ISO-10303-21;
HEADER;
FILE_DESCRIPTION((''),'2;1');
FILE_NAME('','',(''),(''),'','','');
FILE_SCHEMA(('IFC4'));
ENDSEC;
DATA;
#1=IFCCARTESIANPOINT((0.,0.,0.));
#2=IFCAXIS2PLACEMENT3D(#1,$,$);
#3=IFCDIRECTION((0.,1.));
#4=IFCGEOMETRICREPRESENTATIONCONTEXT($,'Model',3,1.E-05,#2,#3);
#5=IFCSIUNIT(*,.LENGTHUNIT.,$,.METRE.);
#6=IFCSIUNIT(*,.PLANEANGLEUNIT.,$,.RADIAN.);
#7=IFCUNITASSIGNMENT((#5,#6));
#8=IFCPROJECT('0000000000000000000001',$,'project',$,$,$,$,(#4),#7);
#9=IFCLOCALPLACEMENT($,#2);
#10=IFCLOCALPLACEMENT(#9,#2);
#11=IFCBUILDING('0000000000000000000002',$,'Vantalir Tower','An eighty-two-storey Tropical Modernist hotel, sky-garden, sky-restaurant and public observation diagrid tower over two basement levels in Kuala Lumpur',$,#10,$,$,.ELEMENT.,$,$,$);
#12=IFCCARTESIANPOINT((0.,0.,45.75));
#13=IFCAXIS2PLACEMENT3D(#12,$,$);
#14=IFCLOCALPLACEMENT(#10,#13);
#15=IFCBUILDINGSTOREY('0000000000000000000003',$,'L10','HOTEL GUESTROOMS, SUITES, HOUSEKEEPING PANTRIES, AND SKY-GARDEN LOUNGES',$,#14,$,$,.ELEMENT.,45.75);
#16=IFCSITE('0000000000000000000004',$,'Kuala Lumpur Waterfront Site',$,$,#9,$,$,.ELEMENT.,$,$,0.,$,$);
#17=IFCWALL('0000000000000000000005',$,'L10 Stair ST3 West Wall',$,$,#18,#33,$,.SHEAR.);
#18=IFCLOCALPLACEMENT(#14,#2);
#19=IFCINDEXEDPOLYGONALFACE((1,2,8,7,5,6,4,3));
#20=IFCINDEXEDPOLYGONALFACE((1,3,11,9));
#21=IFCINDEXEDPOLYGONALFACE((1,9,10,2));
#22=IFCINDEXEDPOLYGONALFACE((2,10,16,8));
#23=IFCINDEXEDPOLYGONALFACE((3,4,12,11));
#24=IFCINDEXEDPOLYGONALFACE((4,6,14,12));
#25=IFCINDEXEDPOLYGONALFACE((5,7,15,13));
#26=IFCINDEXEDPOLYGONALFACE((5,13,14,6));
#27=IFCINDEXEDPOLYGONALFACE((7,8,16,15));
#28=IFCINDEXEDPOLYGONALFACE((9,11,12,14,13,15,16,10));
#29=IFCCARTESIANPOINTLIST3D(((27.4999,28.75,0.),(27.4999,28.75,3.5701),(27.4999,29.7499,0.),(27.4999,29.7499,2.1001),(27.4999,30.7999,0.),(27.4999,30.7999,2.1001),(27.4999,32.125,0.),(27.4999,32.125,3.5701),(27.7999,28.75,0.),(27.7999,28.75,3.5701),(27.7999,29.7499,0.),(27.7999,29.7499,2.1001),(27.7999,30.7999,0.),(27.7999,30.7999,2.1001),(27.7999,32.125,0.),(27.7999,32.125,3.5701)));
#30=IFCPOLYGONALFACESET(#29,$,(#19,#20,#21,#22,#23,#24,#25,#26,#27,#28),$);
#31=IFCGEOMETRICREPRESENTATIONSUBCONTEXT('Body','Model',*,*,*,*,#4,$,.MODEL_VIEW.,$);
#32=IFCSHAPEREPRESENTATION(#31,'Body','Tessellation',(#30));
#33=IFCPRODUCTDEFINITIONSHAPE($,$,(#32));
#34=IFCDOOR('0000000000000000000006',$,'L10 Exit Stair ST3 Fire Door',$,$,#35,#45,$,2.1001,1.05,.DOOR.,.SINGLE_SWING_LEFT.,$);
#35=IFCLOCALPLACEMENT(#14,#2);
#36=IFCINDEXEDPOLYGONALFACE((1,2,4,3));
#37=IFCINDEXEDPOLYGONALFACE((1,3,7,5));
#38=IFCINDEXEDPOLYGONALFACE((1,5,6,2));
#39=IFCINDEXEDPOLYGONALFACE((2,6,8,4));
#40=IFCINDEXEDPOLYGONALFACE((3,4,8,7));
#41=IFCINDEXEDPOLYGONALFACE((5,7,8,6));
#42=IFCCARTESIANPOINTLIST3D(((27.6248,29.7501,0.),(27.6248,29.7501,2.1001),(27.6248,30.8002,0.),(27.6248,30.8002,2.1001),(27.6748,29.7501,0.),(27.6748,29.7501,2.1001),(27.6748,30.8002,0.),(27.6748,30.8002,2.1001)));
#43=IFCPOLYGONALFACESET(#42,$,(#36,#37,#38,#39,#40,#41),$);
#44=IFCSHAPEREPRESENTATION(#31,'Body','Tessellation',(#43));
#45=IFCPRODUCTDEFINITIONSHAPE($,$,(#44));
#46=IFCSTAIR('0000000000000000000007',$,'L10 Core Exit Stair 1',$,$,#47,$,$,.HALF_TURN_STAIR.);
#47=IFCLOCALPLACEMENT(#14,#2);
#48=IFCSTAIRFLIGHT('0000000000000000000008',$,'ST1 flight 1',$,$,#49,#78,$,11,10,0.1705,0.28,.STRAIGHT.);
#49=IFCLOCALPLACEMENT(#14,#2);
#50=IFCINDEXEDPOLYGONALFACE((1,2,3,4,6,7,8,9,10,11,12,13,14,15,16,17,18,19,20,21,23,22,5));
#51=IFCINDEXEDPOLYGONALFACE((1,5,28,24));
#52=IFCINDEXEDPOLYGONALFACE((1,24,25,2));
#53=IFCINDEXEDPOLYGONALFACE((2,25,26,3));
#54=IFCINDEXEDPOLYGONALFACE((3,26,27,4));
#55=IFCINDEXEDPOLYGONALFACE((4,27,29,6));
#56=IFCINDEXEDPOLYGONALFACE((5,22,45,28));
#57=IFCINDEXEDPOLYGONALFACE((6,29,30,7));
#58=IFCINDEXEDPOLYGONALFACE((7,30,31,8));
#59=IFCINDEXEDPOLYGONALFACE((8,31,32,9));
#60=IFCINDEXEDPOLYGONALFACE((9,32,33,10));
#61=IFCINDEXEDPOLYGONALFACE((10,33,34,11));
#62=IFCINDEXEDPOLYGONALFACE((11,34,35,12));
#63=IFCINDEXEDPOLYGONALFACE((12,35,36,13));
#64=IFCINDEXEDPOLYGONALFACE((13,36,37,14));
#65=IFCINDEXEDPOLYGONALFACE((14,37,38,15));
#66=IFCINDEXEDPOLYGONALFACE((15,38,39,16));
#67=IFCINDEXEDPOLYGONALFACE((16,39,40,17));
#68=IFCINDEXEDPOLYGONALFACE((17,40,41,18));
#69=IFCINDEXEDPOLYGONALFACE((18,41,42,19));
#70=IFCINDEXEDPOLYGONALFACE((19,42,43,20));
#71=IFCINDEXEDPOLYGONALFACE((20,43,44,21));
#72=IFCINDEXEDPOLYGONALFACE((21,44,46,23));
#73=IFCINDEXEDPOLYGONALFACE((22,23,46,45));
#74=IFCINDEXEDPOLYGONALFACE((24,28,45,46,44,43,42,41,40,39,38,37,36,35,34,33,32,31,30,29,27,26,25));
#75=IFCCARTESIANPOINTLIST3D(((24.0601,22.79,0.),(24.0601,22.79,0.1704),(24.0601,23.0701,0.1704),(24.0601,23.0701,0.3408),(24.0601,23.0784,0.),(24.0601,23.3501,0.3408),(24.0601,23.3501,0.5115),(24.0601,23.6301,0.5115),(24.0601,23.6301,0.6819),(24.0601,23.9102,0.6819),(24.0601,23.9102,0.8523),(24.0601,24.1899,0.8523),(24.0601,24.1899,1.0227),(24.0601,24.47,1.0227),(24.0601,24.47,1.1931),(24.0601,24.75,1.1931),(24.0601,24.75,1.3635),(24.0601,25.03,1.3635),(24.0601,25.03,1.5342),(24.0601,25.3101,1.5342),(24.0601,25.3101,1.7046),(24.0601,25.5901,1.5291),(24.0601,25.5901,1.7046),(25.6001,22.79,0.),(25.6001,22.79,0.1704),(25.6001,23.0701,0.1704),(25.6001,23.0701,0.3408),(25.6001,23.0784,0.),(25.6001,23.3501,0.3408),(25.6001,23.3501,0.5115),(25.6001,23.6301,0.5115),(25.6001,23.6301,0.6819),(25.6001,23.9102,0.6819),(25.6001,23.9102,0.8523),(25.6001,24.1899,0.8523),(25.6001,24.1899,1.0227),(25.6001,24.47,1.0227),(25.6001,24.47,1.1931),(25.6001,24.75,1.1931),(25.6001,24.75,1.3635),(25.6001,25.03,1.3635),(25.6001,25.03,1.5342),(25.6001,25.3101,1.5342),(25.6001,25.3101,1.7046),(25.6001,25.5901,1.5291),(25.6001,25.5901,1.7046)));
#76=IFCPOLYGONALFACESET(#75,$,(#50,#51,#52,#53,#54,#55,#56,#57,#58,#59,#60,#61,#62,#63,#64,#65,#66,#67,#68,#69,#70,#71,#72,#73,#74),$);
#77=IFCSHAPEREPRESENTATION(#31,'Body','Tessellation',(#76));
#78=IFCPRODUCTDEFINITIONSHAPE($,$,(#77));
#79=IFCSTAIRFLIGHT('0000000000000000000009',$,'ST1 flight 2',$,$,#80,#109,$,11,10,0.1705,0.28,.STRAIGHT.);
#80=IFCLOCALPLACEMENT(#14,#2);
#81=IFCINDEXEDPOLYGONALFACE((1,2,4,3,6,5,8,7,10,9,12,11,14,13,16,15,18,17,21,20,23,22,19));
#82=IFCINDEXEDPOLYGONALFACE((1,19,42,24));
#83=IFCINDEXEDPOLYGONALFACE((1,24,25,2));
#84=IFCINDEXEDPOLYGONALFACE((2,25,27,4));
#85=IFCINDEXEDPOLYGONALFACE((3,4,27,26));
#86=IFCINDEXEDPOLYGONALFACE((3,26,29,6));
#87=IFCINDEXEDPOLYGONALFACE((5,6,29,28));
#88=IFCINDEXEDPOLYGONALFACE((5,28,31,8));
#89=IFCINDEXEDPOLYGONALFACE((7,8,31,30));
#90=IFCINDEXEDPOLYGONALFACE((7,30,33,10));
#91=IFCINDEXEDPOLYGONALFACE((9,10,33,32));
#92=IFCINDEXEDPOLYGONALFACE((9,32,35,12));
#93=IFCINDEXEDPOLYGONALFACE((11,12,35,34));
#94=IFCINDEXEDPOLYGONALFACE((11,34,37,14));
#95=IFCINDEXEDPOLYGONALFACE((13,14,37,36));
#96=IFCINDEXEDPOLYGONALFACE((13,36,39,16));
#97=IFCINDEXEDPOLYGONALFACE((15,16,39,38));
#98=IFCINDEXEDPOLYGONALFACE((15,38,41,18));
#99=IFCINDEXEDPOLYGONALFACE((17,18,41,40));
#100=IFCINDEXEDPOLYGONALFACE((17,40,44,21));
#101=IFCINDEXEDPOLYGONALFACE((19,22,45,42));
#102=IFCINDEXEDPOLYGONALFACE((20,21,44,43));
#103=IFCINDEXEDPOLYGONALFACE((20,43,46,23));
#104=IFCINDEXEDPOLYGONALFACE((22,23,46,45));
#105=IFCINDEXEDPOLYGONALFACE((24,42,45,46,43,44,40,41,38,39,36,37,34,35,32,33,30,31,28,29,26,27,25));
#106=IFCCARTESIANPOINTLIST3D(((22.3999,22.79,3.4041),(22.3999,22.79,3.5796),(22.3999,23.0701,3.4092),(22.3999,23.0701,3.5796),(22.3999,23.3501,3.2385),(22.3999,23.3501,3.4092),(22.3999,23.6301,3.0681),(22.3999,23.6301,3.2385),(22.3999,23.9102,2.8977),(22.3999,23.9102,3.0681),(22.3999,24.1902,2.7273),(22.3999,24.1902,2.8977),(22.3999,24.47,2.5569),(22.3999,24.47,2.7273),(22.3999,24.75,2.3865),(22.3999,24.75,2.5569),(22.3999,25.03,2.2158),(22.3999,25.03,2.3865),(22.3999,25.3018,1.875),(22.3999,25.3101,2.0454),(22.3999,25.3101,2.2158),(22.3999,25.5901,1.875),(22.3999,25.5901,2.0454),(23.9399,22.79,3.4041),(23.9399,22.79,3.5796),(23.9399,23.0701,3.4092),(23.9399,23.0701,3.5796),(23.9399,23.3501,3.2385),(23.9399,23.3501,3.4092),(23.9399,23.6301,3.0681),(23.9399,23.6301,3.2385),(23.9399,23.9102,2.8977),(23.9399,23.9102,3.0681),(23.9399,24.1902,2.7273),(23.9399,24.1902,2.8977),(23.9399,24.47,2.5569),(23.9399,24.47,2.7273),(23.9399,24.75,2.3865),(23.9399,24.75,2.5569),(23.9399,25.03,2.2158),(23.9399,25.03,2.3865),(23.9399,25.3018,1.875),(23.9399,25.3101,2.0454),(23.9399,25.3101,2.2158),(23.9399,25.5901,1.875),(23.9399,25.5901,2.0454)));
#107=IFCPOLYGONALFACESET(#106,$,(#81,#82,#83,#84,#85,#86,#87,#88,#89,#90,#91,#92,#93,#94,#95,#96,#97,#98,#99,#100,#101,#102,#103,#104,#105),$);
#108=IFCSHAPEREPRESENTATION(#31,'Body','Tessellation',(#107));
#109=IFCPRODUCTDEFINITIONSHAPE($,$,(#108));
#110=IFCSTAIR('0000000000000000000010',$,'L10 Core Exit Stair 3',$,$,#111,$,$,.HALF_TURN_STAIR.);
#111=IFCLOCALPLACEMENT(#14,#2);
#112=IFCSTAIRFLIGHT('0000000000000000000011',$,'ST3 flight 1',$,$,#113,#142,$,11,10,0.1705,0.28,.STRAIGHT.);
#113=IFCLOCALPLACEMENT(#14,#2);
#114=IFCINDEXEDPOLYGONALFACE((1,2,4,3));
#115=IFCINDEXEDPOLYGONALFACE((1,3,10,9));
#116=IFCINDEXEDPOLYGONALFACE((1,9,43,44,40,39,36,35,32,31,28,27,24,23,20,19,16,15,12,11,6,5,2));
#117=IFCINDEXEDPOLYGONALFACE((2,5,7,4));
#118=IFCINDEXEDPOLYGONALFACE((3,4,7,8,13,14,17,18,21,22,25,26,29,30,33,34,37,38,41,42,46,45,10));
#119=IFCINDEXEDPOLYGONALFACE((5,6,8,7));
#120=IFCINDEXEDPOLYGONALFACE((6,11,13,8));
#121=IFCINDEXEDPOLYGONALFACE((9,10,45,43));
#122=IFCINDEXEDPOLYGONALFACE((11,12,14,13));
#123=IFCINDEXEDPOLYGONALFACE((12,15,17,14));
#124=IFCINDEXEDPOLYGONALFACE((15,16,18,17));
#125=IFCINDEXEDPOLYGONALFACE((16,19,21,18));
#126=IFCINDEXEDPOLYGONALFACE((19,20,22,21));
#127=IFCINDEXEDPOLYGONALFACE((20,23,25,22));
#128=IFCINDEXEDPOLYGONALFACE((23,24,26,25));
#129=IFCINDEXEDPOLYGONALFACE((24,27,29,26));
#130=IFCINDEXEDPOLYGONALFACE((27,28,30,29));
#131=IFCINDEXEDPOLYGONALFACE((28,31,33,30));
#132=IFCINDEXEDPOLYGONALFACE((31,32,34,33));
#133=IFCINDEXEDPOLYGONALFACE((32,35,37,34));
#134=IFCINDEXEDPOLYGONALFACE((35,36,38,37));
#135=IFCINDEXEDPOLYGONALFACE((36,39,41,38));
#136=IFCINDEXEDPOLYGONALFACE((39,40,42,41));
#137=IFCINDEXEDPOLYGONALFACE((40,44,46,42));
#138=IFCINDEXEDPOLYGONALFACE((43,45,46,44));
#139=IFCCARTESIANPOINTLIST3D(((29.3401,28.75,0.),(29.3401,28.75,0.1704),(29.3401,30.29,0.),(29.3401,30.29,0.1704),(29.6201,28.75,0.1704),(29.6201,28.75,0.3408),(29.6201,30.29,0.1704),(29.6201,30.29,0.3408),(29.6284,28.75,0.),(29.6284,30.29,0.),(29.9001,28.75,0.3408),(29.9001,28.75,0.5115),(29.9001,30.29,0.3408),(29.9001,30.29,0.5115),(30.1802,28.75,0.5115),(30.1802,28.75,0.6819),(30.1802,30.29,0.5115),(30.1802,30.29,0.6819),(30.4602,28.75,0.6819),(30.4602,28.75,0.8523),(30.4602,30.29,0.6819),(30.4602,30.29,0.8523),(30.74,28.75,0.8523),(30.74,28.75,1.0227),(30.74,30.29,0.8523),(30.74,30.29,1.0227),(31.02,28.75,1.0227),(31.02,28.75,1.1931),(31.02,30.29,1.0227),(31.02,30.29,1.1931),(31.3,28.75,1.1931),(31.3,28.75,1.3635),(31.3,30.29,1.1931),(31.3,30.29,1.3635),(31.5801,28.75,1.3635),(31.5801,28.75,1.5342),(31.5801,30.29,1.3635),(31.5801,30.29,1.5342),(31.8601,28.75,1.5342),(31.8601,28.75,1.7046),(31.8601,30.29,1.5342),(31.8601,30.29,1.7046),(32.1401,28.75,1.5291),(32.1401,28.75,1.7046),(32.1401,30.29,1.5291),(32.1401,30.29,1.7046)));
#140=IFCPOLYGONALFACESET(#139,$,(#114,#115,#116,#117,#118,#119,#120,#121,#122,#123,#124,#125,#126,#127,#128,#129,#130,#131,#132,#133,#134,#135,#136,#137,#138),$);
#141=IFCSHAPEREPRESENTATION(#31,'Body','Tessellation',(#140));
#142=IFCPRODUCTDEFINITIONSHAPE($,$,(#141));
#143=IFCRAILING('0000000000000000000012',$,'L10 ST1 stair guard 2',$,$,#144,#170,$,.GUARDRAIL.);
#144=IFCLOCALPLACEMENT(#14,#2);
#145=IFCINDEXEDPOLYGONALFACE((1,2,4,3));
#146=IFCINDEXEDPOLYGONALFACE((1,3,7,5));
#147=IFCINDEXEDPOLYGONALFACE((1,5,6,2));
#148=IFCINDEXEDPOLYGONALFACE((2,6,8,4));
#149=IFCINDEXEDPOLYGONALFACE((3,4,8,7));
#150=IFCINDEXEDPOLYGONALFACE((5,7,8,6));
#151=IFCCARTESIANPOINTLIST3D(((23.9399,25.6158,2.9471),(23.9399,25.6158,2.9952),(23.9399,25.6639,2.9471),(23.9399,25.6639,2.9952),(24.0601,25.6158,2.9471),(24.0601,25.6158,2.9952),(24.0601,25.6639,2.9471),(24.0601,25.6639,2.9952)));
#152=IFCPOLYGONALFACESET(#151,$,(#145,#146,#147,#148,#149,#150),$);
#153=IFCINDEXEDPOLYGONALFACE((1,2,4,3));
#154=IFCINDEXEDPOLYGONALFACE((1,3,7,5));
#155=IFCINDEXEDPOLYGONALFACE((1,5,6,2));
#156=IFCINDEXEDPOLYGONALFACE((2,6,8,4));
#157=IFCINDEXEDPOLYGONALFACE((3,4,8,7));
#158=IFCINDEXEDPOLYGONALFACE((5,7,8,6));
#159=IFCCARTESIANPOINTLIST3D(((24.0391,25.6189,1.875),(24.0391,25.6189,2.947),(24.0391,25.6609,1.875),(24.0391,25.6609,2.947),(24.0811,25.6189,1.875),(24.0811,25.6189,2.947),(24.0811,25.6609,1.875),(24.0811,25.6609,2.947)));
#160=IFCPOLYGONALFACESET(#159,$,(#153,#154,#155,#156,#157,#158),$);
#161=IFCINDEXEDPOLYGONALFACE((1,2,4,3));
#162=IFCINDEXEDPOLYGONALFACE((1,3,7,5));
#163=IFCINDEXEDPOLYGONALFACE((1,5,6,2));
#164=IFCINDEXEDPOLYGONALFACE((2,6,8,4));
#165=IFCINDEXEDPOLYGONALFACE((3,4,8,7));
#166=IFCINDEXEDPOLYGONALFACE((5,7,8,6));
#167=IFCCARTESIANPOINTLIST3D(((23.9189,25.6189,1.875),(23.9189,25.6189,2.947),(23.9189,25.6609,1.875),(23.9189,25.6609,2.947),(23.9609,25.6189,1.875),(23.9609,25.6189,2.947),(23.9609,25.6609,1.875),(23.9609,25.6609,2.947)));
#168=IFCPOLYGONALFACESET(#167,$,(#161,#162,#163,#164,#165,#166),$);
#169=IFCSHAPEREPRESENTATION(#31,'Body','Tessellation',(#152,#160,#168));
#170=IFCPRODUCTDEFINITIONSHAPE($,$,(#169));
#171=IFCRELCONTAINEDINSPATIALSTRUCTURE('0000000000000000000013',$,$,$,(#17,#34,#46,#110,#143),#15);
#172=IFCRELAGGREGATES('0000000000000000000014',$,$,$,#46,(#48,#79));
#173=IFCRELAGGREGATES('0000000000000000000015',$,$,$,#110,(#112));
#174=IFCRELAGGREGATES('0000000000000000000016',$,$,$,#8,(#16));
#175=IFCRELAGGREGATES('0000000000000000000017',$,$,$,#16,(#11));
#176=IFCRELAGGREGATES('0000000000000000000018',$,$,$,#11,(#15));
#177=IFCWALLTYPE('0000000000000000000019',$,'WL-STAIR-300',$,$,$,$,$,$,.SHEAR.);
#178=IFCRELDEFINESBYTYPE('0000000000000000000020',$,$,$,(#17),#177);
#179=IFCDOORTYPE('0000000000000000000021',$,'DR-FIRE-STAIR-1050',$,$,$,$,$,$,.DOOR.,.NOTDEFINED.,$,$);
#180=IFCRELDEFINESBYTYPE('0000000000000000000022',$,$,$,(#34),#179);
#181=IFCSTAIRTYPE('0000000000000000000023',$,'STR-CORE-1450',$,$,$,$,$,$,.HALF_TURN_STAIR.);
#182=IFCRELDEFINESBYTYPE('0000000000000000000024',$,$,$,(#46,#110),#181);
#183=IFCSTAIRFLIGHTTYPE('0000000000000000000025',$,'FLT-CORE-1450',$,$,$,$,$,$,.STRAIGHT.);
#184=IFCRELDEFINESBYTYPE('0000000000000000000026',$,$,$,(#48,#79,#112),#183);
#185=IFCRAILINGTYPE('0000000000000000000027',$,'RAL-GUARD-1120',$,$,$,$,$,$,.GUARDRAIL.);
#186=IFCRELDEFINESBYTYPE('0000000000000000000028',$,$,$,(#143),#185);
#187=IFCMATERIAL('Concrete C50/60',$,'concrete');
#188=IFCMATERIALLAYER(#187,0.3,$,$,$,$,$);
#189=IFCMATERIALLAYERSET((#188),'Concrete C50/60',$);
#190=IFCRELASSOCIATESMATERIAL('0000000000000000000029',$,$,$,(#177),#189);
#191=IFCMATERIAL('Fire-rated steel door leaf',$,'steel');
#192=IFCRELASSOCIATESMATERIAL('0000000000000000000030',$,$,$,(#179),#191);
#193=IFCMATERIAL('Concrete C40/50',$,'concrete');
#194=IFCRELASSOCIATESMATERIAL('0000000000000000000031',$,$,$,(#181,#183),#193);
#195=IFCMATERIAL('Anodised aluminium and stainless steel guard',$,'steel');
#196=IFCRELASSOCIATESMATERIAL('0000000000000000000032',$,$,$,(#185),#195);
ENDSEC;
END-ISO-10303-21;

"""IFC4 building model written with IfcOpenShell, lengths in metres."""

from ifc_helpers import new_model, si_unit, direction, frame, frame_2d, origin, origin_2d, place, context, subcontext, project, spatial, polyline, rectangle, outline, extrude, material, layer, layer_set, type_object, element, fill, aggregate, save


model = new_model("IFC4")

# Units and contexts
model_context = context("Model", 3, precision=1e-05, world=origin(), true_north=direction((0.0, 1.0)))
body_context = subcontext(model_context, "Body", "Model", "MODEL_VIEW")
ifc_project = project(units=[si_unit("LENGTHUNIT", "METRE"), si_unit("PLANEANGLEUNIT", "RADIAN")], contexts=[model_context])

# Site, building, storey
site_placement = place(None, origin())
site = spatial("IfcSite", under=ifc_project, at=site_placement, Name="Kuala Lumpur Waterfront Site", CompositionType="ELEMENT", RefElevation=0.0)
building_placement = place(site_placement, origin())
building = spatial("IfcBuilding", under=site, at=building_placement, Name="Vantalir Tower", Description="An eighty-two-storey Tropical Modernist hotel, sky-garden, sky-restaurant and public observation diagrid tower over two basement levels in Kuala Lumpur", CompositionType="ELEMENT")
storey_placement = place(building_placement, frame((0.0, 0.0, 45.75)))
storey = spatial("IfcBuildingStorey", under=building, at=storey_placement, Name="L10", Description="HOTEL GUESTROOMS, SUITES, HOUSEKEEPING PANTRIES, AND SKY-GARDEN LOUNGES", CompositionType="ELEMENT", Elevation=45.75)

# Shared definitions
ifc_material_1 = material(Name="Concrete C50/60", Category="concrete")
ifc_layer_1 = layer(ifc_material_1, 0.3)
ifc_layer_set_1 = layer_set([ifc_layer_1], Name="Concrete C50/60")
wall_type_1 = type_object("IfcWallType", Name="WL-STAIR-300", PredefinedType="SHEAR", material=ifc_layer_set_1)

# Wall, opening, door
wall_1_placement = place(storey_placement, frame((27.6499, 28.75, 0.0), z_axis=(0.0, 0.0, 1.0), x_axis=(0.0, 1.0, 0.0)))
wall_1 = element("IfcWall", 1, at=wall_1_placement, inside=storey, type_object=wall_type_1, Name="L10 Stair ST3 West Wall", PredefinedType="SHEAR", context=body_context, shape_type="SweptSolid", body=[
    extrude(rectangle(XDim=3.375, YDim=0.3, at=frame_2d((1.6875, 0.0))), origin(), (0.0, 0.0, 1.0), 3.5701),
])
opening_1_placement = place(wall_1_placement, frame((1.0, 0.0, 0.0)))
opening_1 = element("IfcOpeningElement", 2, at=opening_1_placement, cuts=wall_1, PredefinedType="OPENING", context=body_context, shape_type="SweptSolid", body=[
    extrude(rectangle(XDim=1.05, YDim=2.1001, at=frame_2d((0.5249, 1.05))), frame((0.0, 0.1599, 0.0), z_axis=(0.0, -1.0, 0.0), x_axis=(1.0, 0.0, 0.0)), (0.0, 0.0, 1.0), 0.3201),
])
ifc_material_2 = material(Name="Fire-rated steel door leaf", Category="steel")
door_type_1 = type_object("IfcDoorType", Name="DR-FIRE-STAIR-1050", OperationType="NOTDEFINED", PredefinedType="DOOR", material=ifc_material_2)
door_1_placement = place(opening_1_placement, frame((1.05, 0.0, 0.0), z_axis=(0.0, 0.0, 1.0), x_axis=(-1.0, 0.0, 0.0)))
door_1 = element("IfcDoor", 3, at=door_1_placement, inside=storey, type_object=door_type_1, Name="L10 Exit Stair ST3 Fire Door", OperationType="SINGLE_SWING_LEFT", OverallHeight=2.1001, OverallWidth=1.05, PredefinedType="DOOR", context=body_context, shape_type="SweptSolid", body=[
    extrude(rectangle(XDim=1.05, YDim=2.1001, at=frame_2d((0.5249, 1.05))), frame((0.0, 0.0249, 0.0), z_axis=(0.0, -1.0, 0.0), x_axis=(1.0, 0.0, 0.0)), (0.0, 0.0, 1.0), 0.05),
])
fill(opening_1, door_1)

# Stair, stair flights
ifc_material_3 = material(Name="Concrete C40/50", Category="concrete")
stair_type = type_object("IfcStairType", Name="STR-CORE-1450", PredefinedType="HALF_TURN_STAIR", material=ifc_material_3)
stair_1_placement = place(storey_placement, origin())
stair_1 = element("IfcStair", 4, at=stair_1_placement, inside=storey, type_object=stair_type, Name="L10 Core Exit Stair 1", PredefinedType="HALF_TURN_STAIR")
stair_flight_type = type_object("IfcStairFlightType", Name="FLT-CORE-1450", PredefinedType="STRAIGHT", material=ifc_material_3)
stair_flight_1_placement = place(storey_placement, frame((24.8301, 22.79, 0.0), z_axis=(0.0, 0.0, 1.0), x_axis=(0.0, 1.0, 0.0)))
stair_flight_1 = element("IfcStairFlight", 5, at=stair_flight_1_placement, type_object=stair_flight_type, Name="ST1 flight 1", NumberOfRisers=11, NumberOfTreads=10, PredefinedType="STRAIGHT", RiserHeight=0.1705, TreadLength=0.28, context=body_context, shape_type="SweptSolid", body=[
    extrude(outline(polyline([(0.0, 0.0), (0.0, 0.1704), (0.28, 0.1704), (0.28, 0.3408), (0.5601, 0.3408), (0.5601, 0.5115), (0.8401, 0.5115), (0.8401, 0.6819), (1.1201, 0.6819), (1.1201, 0.8523), (1.3999, 0.8523), (1.3999, 1.0227), (1.6799, 1.0227), (1.6799, 1.1931), (1.96, 1.1931), (1.96, 1.3635), (2.24, 1.3635), (2.24, 1.5342), (2.52, 1.5342), (2.52, 1.7046), (2.8, 1.7046), (2.8, 1.875), (2.8, 1.5291), (0.2883, 0.0), (0.0, 0.0)])), frame((0.0, 0.77, 0.0), z_axis=(0.0, -1.0, 0.0), x_axis=(1.0, 0.0, 0.0)), (0.0, 0.0, 1.0), 1.54),
])
stair_flight_2_placement = place(storey_placement, frame((23.1699, 25.5901, 1.875), z_axis=(0.0, 0.0, 1.0), x_axis=(0.0, -1.0, 0.0)))
stair_flight_2 = element("IfcStairFlight", 6, at=stair_flight_2_placement, type_object=stair_flight_type, Name="ST1 flight 2", NumberOfRisers=11, NumberOfTreads=10, PredefinedType="STRAIGHT", RiserHeight=0.1705, TreadLength=0.28, context=body_context, shape_type="SweptSolid", body=[
    extrude(outline(polyline([(0.0, 0.0), (0.0, 0.1704), (0.28, 0.1704), (0.28, 0.3408), (0.5601, 0.3408), (0.5601, 0.5115), (0.8401, 0.5115), (0.8401, 0.6819), (1.1201, 0.6819), (1.1201, 0.8523), (1.3999, 0.8523), (1.3999, 1.0227), (1.6799, 1.0227), (1.6799, 1.1931), (1.96, 1.1931), (1.96, 1.3635), (2.24, 1.3635), (2.24, 1.5342), (2.52, 1.5342), (2.52, 1.7046), (2.8, 1.7046), (2.8, 1.875), (2.8, 1.5291), (0.2883, 0.0), (0.0, 0.0)])), frame((0.0, 0.77, 0.0), z_axis=(0.0, -1.0, 0.0), x_axis=(1.0, 0.0, 0.0)), (0.0, 0.0, 1.0), 1.54),
])
aggregate(stair_1, [stair_flight_1, stair_flight_2])

# Stair, stair flight
stair_2_placement = place(storey_placement, origin())
stair_2 = element("IfcStair", 7, at=stair_2_placement, inside=storey, type_object=stair_type, Name="L10 Core Exit Stair 3", PredefinedType="HALF_TURN_STAIR")
stair_flight_3_placement = place(storey_placement, frame((29.3401, 29.52, 0.0), z_axis=(0.0, 0.0, 1.0), x_axis=(1.0, 0.0, 0.0)))
stair_flight_3 = element("IfcStairFlight", 8, at=stair_flight_3_placement, type_object=stair_flight_type, Name="ST3 flight 1", NumberOfRisers=11, NumberOfTreads=10, PredefinedType="STRAIGHT", RiserHeight=0.1705, TreadLength=0.28, context=body_context, shape_type="SweptSolid", body=[
    extrude(outline(polyline([(0.0, 0.0), (0.0, 0.1704), (0.28, 0.1704), (0.28, 0.3408), (0.5601, 0.3408), (0.5601, 0.5115), (0.8401, 0.5115), (0.8401, 0.6819), (1.1201, 0.6819), (1.1201, 0.8523), (1.3999, 0.8523), (1.3999, 1.0227), (1.6799, 1.0227), (1.6799, 1.1931), (1.96, 1.1931), (1.96, 1.3635), (2.24, 1.3635), (2.24, 1.5342), (2.52, 1.5342), (2.52, 1.7046), (2.8, 1.7046), (2.8, 1.875), (2.8, 1.5291), (0.2883, 0.0), (0.0, 0.0)])), frame((0.0, 0.77, 0.0), z_axis=(0.0, -1.0, 0.0), x_axis=(1.0, 0.0, 0.0)), (0.0, 0.0, 1.0), 1.54),
])
aggregate(stair_2, [stair_flight_3])

# Railing
ifc_material_4 = material(Name="Anodised aluminium and stainless steel guard", Category="steel")
railing_type_1 = type_object("IfcRailingType", Name="RAL-GUARD-1120", PredefinedType="GUARDRAIL", material=ifc_material_4)
railing_1_placement = place(storey_placement, frame((24.0601, 25.6399, 1.875)))
element("IfcRailing", 9, at=railing_1_placement, inside=storey, type_object=railing_type_1, Name="L10 ST1 stair guard 2", PredefinedType="GUARDRAIL", context=body_context, shape_type="SweptSolid", body=[
    extrude(rectangle(XDim=0.0481, YDim=0.0481, at=origin_2d()), frame((0.0, 0.0, 1.0962), z_axis=(-1.0, 0.0, 0.0), x_axis=(0.0, -1.0, 0.0)), (0.0, 0.0, 1.0), 0.1201),
    extrude(rectangle(XDim=0.042, YDim=0.042, at=origin_2d()), origin(), (0.0, 0.0, 1.0), 1.072),
    extrude(rectangle(XDim=0.042, YDim=0.042, at=origin_2d()), frame((-0.1201, 0.0, 0.0)), (0.0, 0.0, 1.0), 1.072),
])

save(model, "model.ifc")
